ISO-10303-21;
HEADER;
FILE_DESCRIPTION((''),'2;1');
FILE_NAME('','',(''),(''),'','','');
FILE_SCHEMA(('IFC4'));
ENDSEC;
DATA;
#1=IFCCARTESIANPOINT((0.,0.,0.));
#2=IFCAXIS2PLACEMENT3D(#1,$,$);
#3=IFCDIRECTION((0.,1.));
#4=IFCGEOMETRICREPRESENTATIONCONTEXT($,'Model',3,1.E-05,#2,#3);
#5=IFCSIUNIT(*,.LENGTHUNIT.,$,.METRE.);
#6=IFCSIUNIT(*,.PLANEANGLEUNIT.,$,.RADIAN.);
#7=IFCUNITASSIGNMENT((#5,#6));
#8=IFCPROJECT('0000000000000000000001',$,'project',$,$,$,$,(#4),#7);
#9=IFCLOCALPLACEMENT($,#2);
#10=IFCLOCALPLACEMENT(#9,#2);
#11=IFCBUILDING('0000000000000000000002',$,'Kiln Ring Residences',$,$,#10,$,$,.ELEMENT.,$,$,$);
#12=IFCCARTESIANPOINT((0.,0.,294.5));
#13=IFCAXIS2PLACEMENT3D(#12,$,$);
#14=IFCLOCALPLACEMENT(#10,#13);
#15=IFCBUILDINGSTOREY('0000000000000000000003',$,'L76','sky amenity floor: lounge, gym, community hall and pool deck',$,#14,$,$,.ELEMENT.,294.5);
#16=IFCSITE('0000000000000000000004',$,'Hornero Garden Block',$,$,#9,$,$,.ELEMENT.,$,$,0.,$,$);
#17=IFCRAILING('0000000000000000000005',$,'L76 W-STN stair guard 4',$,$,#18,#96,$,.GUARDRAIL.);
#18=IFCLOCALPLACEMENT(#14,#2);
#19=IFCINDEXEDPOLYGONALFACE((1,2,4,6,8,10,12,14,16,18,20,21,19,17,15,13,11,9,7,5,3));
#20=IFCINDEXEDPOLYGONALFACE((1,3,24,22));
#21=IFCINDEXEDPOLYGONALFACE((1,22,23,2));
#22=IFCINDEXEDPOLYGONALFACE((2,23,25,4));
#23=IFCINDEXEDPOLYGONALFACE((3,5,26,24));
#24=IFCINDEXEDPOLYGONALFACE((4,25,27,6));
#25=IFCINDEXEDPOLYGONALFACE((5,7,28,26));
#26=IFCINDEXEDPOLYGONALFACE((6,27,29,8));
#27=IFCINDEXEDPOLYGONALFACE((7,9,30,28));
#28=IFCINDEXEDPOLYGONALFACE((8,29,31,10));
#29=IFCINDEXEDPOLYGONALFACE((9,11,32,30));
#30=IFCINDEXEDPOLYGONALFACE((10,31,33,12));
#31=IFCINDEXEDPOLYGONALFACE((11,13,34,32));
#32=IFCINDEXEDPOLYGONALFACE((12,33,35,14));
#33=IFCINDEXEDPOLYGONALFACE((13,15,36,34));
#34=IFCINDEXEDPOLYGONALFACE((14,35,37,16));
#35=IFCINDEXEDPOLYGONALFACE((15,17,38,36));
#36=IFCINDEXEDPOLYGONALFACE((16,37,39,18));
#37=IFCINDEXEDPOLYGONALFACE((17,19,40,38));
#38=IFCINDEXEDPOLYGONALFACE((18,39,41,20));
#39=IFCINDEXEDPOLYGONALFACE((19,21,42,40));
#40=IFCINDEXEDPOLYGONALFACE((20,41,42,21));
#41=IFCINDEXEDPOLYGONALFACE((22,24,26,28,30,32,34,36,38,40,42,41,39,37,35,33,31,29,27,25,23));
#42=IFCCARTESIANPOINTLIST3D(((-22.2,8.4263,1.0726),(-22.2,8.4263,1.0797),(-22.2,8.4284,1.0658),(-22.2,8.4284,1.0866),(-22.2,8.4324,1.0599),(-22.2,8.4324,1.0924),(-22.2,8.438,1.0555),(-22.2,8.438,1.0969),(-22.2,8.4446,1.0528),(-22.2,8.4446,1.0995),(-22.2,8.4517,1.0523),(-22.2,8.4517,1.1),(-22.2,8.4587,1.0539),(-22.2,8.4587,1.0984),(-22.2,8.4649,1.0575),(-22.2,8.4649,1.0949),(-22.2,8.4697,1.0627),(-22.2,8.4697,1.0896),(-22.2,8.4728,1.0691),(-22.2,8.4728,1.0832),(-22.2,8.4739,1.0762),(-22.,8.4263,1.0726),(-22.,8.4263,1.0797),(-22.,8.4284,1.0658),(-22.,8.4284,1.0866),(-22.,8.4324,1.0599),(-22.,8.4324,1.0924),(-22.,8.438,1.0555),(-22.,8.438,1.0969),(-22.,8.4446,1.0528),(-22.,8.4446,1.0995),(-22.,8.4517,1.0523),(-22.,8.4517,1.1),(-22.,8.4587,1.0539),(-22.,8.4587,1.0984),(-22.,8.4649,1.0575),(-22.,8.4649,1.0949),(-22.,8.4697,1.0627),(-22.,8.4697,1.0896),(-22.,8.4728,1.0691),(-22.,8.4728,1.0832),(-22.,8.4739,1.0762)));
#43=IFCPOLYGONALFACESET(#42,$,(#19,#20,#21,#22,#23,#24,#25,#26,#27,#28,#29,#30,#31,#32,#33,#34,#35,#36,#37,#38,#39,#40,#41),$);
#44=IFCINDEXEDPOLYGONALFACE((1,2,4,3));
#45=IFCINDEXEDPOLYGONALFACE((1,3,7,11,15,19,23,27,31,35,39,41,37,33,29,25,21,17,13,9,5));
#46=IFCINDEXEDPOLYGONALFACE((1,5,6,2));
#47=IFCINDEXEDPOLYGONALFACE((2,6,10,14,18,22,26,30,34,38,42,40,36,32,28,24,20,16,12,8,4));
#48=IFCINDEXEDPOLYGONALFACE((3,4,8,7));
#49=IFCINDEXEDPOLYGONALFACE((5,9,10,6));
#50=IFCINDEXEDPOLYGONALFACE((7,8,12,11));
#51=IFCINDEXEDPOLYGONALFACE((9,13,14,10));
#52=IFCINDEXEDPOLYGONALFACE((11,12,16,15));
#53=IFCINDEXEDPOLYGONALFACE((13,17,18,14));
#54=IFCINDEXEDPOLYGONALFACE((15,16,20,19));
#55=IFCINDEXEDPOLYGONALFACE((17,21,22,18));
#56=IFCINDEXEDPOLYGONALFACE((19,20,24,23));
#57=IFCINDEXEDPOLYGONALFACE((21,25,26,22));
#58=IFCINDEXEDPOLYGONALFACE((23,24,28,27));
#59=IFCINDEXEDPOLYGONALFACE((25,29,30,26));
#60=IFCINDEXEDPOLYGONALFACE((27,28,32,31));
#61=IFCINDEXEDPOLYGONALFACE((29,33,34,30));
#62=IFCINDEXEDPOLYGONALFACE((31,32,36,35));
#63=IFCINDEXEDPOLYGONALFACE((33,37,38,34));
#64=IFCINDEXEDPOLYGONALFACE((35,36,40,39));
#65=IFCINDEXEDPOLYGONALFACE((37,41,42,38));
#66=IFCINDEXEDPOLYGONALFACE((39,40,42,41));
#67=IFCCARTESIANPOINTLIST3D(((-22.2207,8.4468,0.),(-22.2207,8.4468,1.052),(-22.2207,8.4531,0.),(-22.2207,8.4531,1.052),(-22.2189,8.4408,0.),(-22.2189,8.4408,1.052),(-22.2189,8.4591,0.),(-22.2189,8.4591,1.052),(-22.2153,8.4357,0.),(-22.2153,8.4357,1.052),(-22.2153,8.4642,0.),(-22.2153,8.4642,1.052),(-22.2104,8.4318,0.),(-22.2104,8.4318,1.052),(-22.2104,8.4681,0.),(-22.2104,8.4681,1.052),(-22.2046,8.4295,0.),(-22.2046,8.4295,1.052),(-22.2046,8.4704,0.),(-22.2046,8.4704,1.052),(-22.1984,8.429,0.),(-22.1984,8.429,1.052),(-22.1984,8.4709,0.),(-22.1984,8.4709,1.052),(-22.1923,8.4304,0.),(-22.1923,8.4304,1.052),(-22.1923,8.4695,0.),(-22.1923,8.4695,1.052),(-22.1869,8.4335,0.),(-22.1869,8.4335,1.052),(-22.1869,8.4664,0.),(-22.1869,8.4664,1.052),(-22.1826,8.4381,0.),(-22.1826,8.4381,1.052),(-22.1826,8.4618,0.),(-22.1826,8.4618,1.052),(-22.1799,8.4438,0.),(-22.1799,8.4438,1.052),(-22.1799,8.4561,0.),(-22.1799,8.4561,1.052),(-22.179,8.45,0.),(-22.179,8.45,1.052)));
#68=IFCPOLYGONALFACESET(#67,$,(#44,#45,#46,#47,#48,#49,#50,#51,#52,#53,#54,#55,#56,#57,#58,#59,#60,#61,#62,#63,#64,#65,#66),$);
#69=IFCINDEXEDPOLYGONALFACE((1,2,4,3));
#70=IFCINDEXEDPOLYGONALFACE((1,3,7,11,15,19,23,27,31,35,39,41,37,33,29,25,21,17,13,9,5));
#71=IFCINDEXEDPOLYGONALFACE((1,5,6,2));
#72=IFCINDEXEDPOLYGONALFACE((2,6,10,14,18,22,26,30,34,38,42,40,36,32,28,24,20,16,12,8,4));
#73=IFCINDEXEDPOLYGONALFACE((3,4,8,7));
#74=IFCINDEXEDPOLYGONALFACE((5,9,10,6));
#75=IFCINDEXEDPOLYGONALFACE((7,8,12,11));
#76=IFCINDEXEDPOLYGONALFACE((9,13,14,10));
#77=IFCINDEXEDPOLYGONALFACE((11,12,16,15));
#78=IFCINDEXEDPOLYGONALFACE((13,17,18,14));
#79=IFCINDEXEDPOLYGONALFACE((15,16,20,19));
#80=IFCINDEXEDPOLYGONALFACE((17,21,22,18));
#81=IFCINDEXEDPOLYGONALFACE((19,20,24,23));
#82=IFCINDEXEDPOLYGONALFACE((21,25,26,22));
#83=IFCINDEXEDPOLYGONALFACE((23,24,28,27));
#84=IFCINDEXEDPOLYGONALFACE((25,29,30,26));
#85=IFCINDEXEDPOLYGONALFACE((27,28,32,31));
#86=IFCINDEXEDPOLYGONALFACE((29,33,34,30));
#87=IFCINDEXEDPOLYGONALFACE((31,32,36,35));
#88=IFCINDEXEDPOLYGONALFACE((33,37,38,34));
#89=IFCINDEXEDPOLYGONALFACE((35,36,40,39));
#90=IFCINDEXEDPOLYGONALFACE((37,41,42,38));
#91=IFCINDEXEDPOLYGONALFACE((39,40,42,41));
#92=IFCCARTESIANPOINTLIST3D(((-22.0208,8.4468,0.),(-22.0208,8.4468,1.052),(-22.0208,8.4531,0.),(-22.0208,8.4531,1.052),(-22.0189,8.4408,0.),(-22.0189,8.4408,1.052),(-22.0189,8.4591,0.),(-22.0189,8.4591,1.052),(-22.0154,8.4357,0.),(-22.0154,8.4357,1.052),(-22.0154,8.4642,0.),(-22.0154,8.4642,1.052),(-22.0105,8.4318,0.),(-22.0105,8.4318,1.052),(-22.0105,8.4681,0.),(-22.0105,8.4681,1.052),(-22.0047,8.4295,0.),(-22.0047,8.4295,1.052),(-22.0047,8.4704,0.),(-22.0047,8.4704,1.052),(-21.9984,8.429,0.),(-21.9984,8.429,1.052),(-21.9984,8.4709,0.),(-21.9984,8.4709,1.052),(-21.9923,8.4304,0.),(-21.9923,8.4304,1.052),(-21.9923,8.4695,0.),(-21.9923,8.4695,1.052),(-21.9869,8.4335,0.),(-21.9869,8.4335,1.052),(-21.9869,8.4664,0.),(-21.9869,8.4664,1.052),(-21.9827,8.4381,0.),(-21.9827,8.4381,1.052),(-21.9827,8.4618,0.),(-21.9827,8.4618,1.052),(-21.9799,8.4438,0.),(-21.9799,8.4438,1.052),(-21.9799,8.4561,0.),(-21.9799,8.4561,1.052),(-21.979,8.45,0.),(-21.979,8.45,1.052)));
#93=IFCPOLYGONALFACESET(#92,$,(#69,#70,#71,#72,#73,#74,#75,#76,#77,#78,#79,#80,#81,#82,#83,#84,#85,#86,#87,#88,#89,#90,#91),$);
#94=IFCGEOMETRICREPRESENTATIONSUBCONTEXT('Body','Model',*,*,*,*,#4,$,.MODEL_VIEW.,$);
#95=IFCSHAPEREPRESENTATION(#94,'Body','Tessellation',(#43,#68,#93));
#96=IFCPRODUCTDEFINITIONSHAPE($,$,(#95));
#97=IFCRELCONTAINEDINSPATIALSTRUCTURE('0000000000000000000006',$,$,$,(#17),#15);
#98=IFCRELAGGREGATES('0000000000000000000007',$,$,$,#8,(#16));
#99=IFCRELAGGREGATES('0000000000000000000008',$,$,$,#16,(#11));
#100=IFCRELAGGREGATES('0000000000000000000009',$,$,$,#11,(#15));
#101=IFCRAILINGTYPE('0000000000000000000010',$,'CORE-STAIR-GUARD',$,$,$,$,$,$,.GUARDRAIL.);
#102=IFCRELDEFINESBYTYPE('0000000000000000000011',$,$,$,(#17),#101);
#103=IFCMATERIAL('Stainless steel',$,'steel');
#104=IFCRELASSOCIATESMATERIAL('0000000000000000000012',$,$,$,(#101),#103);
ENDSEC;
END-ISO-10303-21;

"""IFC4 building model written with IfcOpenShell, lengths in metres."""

from ifc_helpers import new_model, si_unit, direction, frame, origin, origin_2d, place, context, subcontext, project, spatial, circle, extrude, material, type_object, element, save


model = new_model("IFC4")

# Units and contexts
model_context = context("Model", 3, precision=1e-05, world=origin(), true_north=direction((0.0, 1.0)))
body_context = subcontext(model_context, "Body", "Model", "MODEL_VIEW")
ifc_project = project(units=[si_unit("LENGTHUNIT", "METRE"), si_unit("PLANEANGLEUNIT", "RADIAN")], contexts=[model_context])

# Site, building, storey
site_placement = place(None, origin())
site = spatial("IfcSite", under=ifc_project, at=site_placement, Name="Hornero Garden Block", CompositionType="ELEMENT", RefElevation=0.0)
building_placement = place(site_placement, origin())
building = spatial("IfcBuilding", under=site, at=building_placement, Name="Kiln Ring Residences", CompositionType="ELEMENT")
storey_placement = place(building_placement, frame((0.0, 0.0, 294.5)))
storey = spatial("IfcBuildingStorey", under=building, at=storey_placement, Name="L76", Description="sky amenity floor: lounge, gym, community hall and pool deck", CompositionType="ELEMENT", Elevation=294.5)

# Railing
ifc_material_1 = material(Name="Stainless steel", Category="steel")
railing_type_1 = type_object("IfcRailingType", Name="CORE-STAIR-GUARD", PredefinedType="GUARDRAIL", material=ifc_material_1)
railing_1_placement = place(storey_placement, frame((-22.2, 8.45, 0.0)))
element("IfcRailing", 1, at=railing_1_placement, inside=storey, type_object=railing_type_1, Name="L76 W-STN stair guard 4", PredefinedType="GUARDRAIL", context=body_context, shape_type="SweptSolid", body=[
    extrude(circle(Radius=0.0239, at=origin_2d()), frame((0.0, 0.0, 1.0762), z_axis=(1.0, 0.0, 0.0), x_axis=(0.0, 1.0, 0.0)), (0.0, 0.0, 1.0), 0.2),
    extrude(circle(Radius=0.021, at=origin_2d()), origin(), (0.0, 0.0, 1.0), 1.052),
    extrude(circle(Radius=0.021, at=origin_2d()), frame((0.2, 0.0, 0.0)), (0.0, 0.0, 1.0), 1.052),
])

save(model, "model.ifc")
